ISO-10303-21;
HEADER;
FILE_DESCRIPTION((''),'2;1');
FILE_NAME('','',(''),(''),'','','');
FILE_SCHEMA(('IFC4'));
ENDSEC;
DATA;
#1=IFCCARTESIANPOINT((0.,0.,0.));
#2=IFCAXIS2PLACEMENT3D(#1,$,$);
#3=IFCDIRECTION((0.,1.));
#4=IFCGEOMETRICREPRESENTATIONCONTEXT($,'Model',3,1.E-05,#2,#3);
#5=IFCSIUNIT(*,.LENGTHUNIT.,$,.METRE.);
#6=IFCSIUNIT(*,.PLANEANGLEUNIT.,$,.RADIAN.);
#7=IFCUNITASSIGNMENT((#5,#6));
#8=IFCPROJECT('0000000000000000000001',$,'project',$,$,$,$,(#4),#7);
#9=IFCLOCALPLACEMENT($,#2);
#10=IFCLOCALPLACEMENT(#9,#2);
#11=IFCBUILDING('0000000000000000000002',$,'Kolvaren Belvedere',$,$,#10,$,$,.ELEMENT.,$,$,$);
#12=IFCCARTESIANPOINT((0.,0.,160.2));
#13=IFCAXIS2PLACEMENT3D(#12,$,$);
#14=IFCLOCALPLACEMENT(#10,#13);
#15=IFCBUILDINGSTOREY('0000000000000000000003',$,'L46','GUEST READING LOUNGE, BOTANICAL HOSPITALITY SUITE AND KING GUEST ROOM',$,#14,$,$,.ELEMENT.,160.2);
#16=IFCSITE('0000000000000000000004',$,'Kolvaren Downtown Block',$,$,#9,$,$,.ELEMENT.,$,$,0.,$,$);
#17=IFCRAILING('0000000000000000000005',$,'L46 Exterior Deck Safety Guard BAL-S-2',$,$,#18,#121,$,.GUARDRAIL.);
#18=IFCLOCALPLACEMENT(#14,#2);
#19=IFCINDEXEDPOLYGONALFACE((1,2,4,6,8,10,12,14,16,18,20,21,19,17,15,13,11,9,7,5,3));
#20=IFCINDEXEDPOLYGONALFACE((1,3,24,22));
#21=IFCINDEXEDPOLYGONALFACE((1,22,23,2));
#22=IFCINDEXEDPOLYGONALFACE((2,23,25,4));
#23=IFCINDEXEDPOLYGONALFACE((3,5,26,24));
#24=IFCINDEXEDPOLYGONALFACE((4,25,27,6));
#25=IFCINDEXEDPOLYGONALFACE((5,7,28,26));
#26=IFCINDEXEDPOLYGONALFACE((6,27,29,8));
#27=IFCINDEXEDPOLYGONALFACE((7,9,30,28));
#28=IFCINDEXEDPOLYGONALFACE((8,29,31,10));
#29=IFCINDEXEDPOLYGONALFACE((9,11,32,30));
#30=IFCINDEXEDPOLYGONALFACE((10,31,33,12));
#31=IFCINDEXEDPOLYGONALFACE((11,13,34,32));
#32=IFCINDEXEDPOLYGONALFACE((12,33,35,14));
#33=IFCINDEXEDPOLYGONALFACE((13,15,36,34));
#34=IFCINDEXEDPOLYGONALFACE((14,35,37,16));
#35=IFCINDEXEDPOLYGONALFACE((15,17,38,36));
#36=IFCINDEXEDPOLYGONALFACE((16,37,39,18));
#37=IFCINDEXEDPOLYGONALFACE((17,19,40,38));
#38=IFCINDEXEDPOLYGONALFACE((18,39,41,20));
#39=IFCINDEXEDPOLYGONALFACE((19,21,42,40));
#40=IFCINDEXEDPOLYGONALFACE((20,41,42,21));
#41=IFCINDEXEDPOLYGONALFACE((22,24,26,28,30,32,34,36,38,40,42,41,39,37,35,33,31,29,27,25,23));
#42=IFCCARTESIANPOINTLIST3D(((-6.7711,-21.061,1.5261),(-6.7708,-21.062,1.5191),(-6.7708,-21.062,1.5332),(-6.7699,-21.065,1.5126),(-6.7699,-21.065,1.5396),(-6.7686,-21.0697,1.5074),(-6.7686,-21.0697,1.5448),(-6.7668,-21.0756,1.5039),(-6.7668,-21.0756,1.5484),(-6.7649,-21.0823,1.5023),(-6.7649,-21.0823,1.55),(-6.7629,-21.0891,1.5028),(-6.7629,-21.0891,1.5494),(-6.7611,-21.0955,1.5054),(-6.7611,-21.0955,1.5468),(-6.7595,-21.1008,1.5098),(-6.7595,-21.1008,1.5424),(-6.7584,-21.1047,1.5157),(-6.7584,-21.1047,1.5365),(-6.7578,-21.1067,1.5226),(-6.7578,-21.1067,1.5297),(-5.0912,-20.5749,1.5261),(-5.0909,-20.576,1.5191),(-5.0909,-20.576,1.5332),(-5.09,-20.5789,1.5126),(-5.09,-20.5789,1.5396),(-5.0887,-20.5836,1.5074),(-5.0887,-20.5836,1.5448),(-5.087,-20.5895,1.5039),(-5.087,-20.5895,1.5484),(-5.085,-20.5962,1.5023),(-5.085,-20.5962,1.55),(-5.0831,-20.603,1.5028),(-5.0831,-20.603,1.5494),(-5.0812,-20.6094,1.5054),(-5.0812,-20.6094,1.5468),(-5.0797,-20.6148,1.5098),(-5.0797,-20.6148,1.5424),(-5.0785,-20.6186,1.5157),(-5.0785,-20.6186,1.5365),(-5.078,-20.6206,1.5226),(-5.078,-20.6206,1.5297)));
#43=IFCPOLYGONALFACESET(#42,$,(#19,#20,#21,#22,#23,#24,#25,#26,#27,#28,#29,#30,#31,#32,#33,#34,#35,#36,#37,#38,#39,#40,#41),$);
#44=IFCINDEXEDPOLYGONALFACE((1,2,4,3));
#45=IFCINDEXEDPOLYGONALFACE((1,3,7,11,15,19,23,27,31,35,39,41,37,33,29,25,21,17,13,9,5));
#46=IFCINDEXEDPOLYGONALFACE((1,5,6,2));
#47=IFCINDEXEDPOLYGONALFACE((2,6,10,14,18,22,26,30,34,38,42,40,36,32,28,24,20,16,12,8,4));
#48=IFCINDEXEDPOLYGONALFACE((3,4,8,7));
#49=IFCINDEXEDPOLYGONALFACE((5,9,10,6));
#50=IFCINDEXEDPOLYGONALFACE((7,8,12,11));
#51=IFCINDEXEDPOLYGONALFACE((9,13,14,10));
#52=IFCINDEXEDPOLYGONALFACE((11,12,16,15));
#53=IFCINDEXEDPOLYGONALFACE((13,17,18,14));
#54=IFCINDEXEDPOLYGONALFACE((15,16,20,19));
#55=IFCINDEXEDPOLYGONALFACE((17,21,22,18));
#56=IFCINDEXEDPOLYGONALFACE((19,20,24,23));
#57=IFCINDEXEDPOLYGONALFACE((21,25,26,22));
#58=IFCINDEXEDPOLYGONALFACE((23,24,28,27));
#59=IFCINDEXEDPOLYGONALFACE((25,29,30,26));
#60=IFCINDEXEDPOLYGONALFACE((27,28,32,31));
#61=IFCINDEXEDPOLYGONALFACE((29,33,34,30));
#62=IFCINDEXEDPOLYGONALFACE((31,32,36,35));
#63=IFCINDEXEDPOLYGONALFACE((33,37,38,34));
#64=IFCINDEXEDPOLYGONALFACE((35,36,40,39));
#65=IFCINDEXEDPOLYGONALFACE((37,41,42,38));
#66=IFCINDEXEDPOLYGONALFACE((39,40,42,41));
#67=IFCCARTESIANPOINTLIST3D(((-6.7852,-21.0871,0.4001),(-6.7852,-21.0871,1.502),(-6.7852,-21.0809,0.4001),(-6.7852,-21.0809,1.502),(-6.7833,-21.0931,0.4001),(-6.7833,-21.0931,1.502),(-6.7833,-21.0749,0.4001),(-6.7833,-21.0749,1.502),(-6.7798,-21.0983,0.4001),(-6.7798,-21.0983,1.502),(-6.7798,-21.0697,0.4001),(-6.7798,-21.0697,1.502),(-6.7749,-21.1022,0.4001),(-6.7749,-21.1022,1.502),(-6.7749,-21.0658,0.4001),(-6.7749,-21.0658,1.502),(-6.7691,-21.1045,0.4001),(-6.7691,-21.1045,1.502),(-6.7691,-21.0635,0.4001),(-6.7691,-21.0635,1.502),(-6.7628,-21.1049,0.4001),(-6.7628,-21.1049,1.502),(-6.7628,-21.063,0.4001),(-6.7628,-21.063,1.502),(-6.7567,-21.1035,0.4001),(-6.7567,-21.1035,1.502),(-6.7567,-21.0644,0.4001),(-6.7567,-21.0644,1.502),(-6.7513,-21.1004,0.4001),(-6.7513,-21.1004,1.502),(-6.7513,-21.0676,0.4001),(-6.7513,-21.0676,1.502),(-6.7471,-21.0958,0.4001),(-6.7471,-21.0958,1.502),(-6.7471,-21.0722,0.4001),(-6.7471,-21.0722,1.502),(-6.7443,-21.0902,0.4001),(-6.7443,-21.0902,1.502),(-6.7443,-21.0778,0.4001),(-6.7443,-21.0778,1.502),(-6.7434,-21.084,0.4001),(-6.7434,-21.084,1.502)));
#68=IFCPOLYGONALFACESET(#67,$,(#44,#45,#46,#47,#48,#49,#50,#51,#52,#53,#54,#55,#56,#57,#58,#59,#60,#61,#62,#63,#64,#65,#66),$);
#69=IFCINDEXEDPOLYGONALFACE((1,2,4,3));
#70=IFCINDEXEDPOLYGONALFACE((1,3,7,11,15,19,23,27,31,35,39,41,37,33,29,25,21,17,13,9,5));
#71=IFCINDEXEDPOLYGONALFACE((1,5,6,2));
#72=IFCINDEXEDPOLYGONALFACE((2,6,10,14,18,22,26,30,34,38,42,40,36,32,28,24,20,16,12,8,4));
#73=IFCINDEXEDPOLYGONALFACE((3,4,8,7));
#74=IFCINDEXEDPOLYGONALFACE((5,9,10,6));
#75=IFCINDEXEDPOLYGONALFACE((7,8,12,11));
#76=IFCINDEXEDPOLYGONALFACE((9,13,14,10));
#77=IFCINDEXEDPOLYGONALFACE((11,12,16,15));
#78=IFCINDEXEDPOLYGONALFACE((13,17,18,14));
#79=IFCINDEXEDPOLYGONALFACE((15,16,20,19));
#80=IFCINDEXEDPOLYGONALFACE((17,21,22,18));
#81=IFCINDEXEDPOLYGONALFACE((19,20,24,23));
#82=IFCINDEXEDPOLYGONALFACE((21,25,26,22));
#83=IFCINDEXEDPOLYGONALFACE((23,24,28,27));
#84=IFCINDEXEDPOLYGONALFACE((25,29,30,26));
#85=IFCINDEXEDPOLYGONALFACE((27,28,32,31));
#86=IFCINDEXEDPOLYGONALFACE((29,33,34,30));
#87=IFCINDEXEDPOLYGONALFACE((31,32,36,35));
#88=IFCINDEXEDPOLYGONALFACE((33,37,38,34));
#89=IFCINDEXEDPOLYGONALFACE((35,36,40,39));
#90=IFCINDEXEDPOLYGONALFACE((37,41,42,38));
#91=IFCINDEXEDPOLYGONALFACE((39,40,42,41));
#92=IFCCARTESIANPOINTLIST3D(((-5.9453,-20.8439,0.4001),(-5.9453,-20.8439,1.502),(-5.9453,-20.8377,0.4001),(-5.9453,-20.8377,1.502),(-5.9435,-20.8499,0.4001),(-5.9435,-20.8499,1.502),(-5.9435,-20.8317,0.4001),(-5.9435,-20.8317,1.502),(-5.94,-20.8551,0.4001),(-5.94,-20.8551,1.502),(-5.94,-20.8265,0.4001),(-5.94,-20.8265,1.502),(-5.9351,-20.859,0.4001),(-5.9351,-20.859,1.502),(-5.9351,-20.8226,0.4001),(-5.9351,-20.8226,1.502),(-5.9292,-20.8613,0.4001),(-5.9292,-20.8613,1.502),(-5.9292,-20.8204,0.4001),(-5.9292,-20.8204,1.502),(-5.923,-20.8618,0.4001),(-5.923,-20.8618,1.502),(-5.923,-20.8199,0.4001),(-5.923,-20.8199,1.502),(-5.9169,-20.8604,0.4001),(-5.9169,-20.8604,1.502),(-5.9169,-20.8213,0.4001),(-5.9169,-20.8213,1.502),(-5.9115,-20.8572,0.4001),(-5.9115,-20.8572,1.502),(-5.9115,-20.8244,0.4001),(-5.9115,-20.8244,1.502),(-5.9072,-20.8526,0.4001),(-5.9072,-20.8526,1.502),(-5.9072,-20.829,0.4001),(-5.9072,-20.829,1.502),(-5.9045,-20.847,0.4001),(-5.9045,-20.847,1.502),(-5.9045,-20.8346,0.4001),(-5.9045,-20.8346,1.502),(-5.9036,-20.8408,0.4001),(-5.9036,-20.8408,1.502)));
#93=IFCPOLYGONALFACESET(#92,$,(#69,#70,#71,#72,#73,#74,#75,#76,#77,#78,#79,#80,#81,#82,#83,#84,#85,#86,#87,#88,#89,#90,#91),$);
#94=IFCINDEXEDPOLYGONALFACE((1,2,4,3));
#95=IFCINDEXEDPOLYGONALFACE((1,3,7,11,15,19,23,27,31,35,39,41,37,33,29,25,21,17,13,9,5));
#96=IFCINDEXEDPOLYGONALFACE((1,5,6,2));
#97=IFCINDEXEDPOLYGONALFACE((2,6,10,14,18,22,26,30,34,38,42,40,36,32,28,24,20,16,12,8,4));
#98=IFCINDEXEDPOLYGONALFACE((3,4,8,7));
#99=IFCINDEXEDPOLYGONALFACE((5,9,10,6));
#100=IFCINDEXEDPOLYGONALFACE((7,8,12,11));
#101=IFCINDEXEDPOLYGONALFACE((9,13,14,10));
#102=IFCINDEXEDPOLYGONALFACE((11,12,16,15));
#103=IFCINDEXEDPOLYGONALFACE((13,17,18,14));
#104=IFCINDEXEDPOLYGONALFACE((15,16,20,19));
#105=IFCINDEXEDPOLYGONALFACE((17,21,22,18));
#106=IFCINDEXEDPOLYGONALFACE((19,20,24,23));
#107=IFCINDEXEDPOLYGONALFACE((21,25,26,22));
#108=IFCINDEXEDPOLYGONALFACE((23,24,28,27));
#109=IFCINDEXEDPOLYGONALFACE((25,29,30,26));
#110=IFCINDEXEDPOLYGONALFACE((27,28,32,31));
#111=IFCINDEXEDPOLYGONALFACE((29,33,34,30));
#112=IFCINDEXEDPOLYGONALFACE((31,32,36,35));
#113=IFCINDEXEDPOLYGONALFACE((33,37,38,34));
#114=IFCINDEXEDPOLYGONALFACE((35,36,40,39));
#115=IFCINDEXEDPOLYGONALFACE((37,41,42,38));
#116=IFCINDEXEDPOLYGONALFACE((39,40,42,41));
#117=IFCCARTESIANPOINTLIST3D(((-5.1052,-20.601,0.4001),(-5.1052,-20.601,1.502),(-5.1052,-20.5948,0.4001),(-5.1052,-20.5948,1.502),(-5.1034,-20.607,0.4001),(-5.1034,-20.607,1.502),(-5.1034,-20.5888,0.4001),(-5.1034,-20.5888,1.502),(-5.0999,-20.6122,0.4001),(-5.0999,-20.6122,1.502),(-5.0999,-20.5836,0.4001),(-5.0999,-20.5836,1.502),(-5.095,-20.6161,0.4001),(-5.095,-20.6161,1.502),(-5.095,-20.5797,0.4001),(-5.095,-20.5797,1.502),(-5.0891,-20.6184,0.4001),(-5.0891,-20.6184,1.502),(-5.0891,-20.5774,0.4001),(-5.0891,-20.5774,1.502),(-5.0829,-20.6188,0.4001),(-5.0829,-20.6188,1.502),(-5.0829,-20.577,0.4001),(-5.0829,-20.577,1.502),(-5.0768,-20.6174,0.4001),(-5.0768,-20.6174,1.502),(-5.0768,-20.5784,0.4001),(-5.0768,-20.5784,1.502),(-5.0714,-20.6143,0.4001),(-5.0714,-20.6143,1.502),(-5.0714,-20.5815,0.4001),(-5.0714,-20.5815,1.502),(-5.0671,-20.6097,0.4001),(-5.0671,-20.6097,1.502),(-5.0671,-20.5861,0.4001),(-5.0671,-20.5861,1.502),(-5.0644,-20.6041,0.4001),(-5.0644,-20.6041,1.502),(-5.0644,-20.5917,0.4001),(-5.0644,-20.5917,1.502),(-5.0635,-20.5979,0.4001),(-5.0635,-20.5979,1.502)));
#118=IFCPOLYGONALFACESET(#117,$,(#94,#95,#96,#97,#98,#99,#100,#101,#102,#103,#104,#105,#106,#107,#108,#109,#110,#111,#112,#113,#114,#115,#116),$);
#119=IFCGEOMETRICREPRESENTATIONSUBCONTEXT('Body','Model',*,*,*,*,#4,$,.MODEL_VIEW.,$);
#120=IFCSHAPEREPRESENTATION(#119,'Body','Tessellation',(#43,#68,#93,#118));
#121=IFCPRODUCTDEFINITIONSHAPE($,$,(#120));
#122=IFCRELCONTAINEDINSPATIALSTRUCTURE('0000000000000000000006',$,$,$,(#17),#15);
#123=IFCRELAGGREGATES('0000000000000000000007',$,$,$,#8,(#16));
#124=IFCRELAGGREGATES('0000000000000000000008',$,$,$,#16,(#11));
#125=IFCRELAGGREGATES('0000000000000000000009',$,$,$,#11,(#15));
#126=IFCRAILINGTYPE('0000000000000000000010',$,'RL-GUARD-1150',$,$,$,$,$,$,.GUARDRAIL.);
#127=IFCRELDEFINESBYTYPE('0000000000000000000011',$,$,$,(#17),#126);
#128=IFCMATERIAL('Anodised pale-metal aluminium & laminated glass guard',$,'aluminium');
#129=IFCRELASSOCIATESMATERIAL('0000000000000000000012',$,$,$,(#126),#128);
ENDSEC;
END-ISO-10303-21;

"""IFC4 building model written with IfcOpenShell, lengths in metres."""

from ifc_helpers import new_model, si_unit, direction, frame, origin, origin_2d, place, context, subcontext, project, spatial, circle, extrude, material, type_object, element, save


model = new_model("IFC4")

# Units and contexts
model_context = context("Model", 3, precision=1e-05, world=origin(), true_north=direction((0.0, 1.0)))
body_context = subcontext(model_context, "Body", "Model", "MODEL_VIEW")
ifc_project = project(units=[si_unit("LENGTHUNIT", "METRE"), si_unit("PLANEANGLEUNIT", "RADIAN")], contexts=[model_context])

# Site, building, storey
site_placement = place(None, origin())
site = spatial("IfcSite", under=ifc_project, at=site_placement, Name="Kolvaren Downtown Block", CompositionType="ELEMENT", RefElevation=0.0)
building_placement = place(site_placement, origin())
building = spatial("IfcBuilding", under=site, at=building_placement, Name="Kolvaren Belvedere", CompositionType="ELEMENT")
storey_placement = place(building_placement, frame((0.0, 0.0, 160.2)))
storey = spatial("IfcBuildingStorey", under=building, at=storey_placement, Name="L46", Description="GUEST READING LOUNGE, BOTANICAL HOSPITALITY SUITE AND KING GUEST ROOM", CompositionType="ELEMENT", Elevation=160.2)

# Railing
ifc_material_1 = material(Name="Anodised pale-metal aluminium & laminated glass guard", Category="aluminium")
railing_type = type_object("IfcRailingType", Name="RL-GUARD-1150", PredefinedType="GUARDRAIL", material=ifc_material_1)
railing_1_placement = place(storey_placement, frame((-6.7644, -21.084, 0.4001)))
element("IfcRailing", 1, at=railing_1_placement, inside=storey, type_object=railing_type, Name="L46 Exterior Deck Safety Guard BAL-S-2", PredefinedType="GUARDRAIL", context=body_context, shape_type="SweptSolid", body=[
    extrude(circle(Radius=0.0239, at=origin_2d()), frame((0.0, 0.0, 1.126), z_axis=(0.960597, 0.277946, 0.0), x_axis=(-0.277946, 0.960597, 0.0)), (0.0, 0.0, 1.0), 1.7488),
    extrude(circle(Radius=0.021, at=origin_2d()), origin(), (0.0, 0.0, 1.0), 1.1018),
    extrude(circle(Radius=0.021, at=origin_2d()), frame((0.8398, 0.2432, 0.0)), (0.0, 0.0, 1.0), 1.1018),
    extrude(circle(Radius=0.021, at=origin_2d()), frame((1.6799, 0.4861, 0.0)), (0.0, 0.0, 1.0), 1.1018),
])

save(model, "model.ifc")
